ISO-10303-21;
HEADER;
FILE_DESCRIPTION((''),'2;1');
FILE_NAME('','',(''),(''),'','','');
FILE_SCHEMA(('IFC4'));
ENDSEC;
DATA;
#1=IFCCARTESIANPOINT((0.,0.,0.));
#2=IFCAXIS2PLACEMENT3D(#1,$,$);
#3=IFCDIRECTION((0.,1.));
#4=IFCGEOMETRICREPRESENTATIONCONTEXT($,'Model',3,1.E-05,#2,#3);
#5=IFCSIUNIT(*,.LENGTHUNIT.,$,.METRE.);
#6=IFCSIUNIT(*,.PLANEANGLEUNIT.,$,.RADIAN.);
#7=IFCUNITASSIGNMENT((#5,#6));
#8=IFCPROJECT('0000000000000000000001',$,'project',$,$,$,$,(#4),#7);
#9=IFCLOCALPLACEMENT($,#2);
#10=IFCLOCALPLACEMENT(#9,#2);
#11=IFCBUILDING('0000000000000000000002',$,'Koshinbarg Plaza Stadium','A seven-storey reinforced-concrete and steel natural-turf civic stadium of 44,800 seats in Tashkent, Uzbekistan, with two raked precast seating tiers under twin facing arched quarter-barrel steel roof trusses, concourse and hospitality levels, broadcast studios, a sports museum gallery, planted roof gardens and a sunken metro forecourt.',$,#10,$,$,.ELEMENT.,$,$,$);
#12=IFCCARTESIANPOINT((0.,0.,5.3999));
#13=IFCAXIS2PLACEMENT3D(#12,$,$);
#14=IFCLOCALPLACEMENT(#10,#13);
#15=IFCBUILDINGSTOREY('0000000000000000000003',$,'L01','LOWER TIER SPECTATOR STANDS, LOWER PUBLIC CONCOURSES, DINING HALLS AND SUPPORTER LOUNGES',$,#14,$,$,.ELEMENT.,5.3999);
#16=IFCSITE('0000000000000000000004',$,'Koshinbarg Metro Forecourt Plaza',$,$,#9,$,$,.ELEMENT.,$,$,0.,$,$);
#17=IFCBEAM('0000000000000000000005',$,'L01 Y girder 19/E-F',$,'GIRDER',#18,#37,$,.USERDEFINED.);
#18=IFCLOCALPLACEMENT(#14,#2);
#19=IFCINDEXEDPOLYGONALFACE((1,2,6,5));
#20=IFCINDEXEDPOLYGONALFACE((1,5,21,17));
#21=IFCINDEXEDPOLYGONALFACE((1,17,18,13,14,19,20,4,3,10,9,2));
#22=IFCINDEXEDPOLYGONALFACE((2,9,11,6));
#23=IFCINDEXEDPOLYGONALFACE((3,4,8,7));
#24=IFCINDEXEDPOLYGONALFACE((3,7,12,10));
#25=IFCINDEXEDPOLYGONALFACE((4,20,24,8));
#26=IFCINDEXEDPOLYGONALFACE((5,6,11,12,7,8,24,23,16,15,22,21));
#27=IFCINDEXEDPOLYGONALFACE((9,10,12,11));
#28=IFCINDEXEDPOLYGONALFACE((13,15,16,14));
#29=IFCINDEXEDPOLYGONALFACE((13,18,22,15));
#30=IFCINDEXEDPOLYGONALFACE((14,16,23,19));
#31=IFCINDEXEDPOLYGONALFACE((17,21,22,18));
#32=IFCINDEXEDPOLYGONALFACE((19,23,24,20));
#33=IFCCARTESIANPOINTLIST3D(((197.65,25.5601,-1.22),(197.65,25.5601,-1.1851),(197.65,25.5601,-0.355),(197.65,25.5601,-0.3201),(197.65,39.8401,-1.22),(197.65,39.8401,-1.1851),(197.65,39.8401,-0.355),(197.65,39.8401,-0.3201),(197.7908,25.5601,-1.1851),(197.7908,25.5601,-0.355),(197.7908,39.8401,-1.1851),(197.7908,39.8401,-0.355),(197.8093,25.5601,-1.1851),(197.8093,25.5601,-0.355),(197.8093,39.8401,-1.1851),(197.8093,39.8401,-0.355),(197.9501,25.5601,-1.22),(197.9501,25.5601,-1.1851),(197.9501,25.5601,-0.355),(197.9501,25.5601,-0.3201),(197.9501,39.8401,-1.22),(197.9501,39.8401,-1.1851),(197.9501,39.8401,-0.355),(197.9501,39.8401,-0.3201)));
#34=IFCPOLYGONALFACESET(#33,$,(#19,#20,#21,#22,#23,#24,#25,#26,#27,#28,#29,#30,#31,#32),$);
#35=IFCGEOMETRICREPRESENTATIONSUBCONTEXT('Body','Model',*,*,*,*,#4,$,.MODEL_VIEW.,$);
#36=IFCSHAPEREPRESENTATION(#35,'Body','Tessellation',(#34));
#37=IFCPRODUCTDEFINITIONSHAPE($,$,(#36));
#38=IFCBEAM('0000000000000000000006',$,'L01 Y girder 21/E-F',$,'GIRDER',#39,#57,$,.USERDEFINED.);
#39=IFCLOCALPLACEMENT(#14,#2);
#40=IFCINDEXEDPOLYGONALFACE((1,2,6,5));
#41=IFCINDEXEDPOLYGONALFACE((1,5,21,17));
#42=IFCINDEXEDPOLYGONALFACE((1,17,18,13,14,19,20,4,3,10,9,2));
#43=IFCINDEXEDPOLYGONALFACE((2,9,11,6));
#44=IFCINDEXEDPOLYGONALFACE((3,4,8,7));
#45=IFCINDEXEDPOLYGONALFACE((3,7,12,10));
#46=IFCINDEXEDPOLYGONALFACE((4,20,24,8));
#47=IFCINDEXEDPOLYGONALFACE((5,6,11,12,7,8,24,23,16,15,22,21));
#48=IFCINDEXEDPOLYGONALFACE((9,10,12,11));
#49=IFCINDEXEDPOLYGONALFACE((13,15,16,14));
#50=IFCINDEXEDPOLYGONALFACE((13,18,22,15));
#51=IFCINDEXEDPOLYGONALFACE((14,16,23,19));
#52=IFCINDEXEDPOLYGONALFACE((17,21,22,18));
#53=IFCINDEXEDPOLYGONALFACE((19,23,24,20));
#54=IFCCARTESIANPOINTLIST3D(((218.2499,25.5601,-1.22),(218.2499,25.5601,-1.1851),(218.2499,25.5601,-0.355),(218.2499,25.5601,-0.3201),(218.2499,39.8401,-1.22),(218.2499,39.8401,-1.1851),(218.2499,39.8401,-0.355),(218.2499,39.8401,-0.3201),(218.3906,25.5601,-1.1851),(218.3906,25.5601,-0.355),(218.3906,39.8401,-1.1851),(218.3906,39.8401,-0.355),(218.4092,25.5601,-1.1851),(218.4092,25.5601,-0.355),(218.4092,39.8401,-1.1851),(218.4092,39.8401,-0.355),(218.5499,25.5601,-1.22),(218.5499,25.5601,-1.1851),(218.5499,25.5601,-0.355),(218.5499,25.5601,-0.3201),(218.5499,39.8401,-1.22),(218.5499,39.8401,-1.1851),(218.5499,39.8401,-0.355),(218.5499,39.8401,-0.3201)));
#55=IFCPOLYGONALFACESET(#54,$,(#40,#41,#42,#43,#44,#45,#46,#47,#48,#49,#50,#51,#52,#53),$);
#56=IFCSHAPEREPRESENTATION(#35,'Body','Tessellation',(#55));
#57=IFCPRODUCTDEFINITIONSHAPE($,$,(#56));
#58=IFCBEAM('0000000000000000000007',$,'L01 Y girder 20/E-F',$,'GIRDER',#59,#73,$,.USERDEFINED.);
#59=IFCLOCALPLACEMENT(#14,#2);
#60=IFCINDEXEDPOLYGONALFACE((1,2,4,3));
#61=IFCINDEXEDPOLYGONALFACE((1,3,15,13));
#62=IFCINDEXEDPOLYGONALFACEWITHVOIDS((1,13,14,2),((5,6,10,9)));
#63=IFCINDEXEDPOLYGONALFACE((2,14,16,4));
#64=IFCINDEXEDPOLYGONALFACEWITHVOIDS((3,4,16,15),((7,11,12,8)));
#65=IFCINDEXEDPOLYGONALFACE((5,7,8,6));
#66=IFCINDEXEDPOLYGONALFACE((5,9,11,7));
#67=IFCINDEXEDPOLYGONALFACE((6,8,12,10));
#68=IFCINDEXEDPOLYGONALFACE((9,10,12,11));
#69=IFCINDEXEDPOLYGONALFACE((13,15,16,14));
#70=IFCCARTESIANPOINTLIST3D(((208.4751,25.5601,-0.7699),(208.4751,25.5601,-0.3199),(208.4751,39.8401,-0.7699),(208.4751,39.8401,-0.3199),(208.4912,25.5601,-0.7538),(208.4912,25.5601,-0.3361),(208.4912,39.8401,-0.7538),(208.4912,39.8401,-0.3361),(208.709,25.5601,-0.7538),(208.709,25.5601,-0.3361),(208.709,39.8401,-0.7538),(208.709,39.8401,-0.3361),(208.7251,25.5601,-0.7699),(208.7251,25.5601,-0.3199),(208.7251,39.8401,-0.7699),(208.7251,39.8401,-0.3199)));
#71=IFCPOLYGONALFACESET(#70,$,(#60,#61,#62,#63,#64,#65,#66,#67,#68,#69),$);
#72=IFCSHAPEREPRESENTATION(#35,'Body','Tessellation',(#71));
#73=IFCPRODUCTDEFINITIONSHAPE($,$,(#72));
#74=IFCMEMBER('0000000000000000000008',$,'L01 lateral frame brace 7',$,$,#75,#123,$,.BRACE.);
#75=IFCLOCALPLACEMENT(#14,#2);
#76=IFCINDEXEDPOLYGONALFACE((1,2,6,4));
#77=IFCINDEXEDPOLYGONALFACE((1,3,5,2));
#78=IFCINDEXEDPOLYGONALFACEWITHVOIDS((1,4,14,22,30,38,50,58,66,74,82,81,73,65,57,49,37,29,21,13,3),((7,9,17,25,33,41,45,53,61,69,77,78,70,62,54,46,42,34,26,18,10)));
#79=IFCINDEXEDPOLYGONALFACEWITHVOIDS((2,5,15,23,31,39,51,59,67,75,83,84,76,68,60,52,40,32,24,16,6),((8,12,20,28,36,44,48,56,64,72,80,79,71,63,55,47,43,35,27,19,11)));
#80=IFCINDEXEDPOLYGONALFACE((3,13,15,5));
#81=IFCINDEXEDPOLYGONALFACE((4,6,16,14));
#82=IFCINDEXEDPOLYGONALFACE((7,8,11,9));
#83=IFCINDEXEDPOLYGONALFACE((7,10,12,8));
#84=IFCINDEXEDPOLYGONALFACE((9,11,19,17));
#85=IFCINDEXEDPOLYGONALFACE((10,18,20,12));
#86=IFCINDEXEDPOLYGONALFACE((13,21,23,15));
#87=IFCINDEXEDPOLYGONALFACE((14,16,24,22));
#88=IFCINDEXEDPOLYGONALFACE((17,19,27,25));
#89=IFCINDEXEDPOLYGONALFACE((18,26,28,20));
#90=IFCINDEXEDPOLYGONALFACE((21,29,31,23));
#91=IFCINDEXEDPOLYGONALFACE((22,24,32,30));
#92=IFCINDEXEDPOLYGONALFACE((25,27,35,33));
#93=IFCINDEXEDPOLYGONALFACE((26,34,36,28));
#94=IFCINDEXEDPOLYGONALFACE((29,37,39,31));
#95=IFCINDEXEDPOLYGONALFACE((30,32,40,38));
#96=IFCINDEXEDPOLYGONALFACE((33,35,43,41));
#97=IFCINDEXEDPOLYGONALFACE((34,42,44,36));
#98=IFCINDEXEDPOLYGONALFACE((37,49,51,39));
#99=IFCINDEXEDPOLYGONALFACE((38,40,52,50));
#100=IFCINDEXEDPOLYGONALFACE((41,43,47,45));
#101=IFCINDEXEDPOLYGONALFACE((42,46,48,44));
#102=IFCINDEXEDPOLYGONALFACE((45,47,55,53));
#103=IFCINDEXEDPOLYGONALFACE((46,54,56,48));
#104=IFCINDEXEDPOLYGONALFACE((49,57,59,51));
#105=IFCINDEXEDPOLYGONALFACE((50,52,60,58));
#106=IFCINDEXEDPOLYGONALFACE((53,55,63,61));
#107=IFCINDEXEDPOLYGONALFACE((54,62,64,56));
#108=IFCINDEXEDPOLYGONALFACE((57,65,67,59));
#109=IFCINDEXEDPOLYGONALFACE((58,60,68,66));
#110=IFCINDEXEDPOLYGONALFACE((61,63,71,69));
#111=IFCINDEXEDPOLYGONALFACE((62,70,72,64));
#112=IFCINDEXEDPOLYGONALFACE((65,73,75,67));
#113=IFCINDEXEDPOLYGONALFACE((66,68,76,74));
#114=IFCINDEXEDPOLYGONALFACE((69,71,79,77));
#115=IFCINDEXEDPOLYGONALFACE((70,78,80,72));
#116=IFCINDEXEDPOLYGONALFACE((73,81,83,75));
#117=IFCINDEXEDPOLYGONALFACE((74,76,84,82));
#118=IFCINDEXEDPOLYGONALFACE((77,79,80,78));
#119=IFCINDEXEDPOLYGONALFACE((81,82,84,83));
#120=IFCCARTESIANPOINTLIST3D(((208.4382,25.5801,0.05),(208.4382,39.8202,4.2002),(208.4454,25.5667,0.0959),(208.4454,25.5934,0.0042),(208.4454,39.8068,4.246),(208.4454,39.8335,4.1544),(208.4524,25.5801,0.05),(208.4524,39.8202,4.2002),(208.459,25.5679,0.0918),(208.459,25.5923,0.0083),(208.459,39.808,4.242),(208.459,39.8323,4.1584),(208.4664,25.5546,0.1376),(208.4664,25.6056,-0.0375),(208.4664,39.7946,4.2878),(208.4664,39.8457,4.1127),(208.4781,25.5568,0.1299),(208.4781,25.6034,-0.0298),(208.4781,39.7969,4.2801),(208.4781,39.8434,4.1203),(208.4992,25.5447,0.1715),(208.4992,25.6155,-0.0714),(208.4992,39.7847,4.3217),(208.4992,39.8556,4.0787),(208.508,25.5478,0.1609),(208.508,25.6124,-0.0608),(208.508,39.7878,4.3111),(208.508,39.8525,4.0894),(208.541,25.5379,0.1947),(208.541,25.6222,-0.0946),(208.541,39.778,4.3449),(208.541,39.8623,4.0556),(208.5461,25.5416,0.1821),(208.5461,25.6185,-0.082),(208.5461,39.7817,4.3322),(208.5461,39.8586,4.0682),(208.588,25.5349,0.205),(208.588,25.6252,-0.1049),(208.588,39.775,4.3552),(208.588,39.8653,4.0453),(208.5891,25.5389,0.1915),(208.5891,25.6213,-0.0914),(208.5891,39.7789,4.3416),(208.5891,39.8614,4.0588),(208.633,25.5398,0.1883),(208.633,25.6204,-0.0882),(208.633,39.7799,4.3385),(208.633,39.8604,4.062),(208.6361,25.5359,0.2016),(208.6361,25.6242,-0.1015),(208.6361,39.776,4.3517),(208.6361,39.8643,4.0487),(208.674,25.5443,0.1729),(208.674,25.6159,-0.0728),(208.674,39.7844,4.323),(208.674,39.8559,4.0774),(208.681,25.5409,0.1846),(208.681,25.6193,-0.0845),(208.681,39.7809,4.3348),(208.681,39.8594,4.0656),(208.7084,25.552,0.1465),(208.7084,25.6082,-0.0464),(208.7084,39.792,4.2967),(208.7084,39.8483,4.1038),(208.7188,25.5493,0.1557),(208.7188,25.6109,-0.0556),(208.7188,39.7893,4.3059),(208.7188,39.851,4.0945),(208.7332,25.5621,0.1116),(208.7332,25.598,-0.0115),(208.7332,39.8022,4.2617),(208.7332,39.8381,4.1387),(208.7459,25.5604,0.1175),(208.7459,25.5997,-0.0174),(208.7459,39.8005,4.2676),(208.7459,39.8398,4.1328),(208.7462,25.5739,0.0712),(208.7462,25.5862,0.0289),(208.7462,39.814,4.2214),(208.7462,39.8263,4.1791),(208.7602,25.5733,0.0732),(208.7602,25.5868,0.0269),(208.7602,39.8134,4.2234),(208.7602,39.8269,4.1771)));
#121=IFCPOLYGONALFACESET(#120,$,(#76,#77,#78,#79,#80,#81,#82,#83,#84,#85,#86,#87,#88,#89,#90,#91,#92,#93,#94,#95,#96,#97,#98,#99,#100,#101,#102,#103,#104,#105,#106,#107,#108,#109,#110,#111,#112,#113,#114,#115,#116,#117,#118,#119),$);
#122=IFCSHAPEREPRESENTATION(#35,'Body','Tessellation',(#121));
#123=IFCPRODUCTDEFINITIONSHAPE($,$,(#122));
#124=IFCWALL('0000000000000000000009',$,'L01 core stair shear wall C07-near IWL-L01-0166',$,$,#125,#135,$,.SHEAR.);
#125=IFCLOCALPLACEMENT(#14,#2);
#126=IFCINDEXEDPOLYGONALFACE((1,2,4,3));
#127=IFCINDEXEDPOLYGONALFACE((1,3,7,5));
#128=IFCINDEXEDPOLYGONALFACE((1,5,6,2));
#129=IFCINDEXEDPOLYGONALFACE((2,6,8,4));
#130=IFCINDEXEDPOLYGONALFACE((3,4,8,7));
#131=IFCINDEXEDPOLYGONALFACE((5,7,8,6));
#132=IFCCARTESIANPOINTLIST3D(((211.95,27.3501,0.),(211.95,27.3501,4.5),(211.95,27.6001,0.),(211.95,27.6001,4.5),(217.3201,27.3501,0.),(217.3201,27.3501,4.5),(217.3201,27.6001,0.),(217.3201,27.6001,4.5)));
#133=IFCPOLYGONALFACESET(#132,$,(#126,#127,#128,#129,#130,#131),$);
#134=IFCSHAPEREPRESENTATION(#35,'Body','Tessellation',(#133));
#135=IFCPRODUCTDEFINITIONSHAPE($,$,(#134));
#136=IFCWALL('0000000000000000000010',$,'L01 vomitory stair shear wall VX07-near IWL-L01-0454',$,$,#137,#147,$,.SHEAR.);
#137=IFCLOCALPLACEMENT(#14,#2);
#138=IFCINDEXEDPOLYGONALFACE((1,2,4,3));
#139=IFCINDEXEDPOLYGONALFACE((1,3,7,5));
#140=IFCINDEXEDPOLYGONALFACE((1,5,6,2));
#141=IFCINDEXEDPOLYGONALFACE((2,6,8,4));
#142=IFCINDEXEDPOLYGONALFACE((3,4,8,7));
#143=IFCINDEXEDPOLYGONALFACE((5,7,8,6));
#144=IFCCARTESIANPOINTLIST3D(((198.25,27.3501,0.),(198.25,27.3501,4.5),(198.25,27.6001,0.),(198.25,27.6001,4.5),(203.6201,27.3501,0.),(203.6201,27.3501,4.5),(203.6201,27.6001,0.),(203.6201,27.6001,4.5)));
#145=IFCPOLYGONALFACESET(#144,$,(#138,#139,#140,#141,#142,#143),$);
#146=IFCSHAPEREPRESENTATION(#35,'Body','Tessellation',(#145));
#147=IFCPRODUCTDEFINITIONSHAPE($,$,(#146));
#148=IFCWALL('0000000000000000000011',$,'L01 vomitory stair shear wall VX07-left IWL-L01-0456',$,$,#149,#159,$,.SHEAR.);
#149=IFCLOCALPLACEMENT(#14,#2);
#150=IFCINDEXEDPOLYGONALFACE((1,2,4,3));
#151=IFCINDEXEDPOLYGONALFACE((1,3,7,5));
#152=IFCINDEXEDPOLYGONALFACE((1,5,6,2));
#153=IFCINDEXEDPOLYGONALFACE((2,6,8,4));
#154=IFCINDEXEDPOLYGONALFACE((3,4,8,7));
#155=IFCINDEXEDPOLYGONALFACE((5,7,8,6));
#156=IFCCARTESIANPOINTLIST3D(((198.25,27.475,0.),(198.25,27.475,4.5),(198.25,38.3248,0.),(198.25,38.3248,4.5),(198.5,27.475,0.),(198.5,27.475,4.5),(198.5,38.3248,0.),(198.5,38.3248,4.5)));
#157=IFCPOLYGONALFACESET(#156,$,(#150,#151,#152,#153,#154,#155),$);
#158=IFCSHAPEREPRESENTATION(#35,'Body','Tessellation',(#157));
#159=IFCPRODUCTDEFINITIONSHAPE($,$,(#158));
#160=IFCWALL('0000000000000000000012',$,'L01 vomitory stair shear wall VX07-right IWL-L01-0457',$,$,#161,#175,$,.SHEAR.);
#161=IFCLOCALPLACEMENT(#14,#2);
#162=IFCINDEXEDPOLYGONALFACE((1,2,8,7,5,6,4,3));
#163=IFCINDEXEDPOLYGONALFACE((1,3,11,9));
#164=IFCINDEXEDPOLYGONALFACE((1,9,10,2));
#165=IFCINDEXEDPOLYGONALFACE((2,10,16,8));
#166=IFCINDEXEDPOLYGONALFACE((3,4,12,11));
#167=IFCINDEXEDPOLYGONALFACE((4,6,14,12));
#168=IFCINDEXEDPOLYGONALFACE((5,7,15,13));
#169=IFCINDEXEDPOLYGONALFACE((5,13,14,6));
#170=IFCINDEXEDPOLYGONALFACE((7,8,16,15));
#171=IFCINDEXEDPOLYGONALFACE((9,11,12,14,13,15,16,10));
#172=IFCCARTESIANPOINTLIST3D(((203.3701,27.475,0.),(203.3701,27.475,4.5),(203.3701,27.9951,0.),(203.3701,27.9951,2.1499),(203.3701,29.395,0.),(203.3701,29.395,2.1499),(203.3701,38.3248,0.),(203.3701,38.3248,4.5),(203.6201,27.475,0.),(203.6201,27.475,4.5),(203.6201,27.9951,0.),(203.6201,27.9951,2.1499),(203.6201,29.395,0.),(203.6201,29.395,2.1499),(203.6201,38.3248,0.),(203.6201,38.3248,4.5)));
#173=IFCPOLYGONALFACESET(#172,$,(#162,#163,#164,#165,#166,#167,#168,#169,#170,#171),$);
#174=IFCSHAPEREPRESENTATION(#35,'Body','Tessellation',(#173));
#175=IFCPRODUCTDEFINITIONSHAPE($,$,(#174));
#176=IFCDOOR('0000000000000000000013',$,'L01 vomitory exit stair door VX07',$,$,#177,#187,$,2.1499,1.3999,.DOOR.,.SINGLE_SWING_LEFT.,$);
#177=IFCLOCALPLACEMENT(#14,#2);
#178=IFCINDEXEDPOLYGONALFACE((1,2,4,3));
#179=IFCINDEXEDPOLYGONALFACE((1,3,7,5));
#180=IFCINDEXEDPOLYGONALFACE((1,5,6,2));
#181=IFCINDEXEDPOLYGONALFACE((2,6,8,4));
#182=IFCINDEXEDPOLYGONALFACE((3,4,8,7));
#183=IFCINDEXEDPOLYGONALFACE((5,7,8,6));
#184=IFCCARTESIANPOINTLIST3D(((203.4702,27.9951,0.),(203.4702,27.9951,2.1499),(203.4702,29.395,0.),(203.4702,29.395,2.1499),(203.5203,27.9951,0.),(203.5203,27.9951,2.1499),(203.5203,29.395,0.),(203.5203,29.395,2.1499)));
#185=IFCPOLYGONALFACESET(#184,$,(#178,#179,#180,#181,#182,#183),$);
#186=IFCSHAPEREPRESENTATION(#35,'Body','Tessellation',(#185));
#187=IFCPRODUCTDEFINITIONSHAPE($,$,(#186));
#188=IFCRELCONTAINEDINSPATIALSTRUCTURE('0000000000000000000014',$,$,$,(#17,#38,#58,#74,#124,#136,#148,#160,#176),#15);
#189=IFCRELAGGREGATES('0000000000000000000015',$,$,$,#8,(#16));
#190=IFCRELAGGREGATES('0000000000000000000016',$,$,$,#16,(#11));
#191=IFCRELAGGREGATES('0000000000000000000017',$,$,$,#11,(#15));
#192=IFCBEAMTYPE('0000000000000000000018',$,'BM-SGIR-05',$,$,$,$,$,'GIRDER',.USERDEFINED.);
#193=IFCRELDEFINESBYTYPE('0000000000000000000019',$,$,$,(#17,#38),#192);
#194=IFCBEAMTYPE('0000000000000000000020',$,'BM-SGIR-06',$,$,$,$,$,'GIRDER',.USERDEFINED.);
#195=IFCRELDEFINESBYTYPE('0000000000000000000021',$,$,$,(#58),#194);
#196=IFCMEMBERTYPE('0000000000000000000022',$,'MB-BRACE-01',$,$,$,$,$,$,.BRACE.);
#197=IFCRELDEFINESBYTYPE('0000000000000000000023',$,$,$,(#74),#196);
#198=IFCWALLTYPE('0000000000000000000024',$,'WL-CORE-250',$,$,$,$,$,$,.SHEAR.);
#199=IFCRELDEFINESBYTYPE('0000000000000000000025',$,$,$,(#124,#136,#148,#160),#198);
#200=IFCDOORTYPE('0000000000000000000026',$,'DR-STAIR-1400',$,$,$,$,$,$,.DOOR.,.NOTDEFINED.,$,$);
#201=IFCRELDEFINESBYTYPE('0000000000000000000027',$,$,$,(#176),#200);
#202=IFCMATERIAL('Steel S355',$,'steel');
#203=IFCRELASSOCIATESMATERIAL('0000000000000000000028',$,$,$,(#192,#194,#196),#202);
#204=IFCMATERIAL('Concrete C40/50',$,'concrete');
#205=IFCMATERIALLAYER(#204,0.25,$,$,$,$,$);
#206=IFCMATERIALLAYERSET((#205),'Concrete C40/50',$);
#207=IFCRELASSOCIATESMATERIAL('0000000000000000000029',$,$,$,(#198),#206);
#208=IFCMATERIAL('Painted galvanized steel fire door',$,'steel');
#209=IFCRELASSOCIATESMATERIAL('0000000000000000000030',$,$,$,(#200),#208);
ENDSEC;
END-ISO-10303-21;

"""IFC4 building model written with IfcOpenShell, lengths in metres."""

from ifc_helpers import new_model, si_unit, direction, frame, frame_2d, origin, origin_2d, place, context, subcontext, project, spatial, rectangle, hollow_rectangle, hollow_circle, i_section, extrude, material, layer, layer_set, material_profile, profile_set, type_object, element, fill, save


model = new_model("IFC4")

# Units and contexts
model_context = context("Model", 3, precision=1e-05, world=origin(), true_north=direction((0.0, 1.0)))
body_context = subcontext(model_context, "Body", "Model", "MODEL_VIEW")
ifc_project = project(units=[si_unit("LENGTHUNIT", "METRE"), si_unit("PLANEANGLEUNIT", "RADIAN")], contexts=[model_context])

# Site, building, storey
site_placement = place(None, origin())
site = spatial("IfcSite", under=ifc_project, at=site_placement, Name="Koshinbarg Metro Forecourt Plaza", CompositionType="ELEMENT", RefElevation=0.0)
building_placement = place(site_placement, origin())
building = spatial("IfcBuilding", under=site, at=building_placement, Name="Koshinbarg Plaza Stadium", Description="A seven-storey reinforced-concrete and steel natural-turf civic stadium of 44,800 seats in Tashkent, Uzbekistan, with two raked precast seating tiers under twin facing arched quarter-barrel steel roof trusses, concourse and hospitality levels, broadcast studios, a sports museum gallery, planted roof gardens and a sunken metro forecourt.", CompositionType="ELEMENT")
storey_placement = place(building_placement, frame((0.0, 0.0, 5.3999)))
storey = spatial("IfcBuildingStorey", under=building, at=storey_placement, Name="L01", Description="LOWER TIER SPECTATOR STANDS, LOWER PUBLIC CONCOURSES, DINING HALLS AND SUPPORTER LOUNGES", CompositionType="ELEMENT", Elevation=5.3999)

# Shared definitions
ifc_material_1 = material(Name="Concrete C40/50", Category="concrete")

# Beams
ifc_material_2 = material(Name="Steel S355", Category="steel")
ifc_material_profile_1 = material_profile(ifc_material_2, i_section(OverallWidth=0.3, OverallDepth=0.8999, WebThickness=0.0186, FlangeThickness=0.0349, at=origin_2d()), Name="HEB 900")
ifc_profile_set_1 = profile_set([ifc_material_profile_1], Name="Steel S355")
beam_type_1 = type_object("IfcBeamType", Name="BM-SGIR-05", ElementType="GIRDER", PredefinedType="USERDEFINED", material=ifc_profile_set_1)
for number, where, z_axis, x_axis, name in (
    (1, (197.8, 25.5601, -0.77), (0.0, 1.0, 0.0), (-1.0, 0.0, 0.0), "L01 Y girder 19/E-F"),
    (2, (218.3999, 25.5601, -0.77), (0.0, 1.0, 0.0), (-1.0, 0.0, 0.0), "L01 Y girder 21/E-F"),
):
    element("IfcBeam", number, at=place(storey_placement, frame(where, z_axis=z_axis, x_axis=x_axis)), inside=storey, type_object=beam_type_1, Name=name, ObjectType="GIRDER", PredefinedType="USERDEFINED", context=body_context, shape_type="SweptSolid", body=[
        extrude(i_section(OverallWidth=0.3, OverallDepth=0.8999, WebThickness=0.0186, FlangeThickness=0.0349, at=origin_2d()), origin(), (0.0, 0.0, 1.0), 14.28),
    ])
ifc_material_profile_2 = material_profile(ifc_material_2, hollow_rectangle(XDim=0.25, YDim=0.45, WallThickness=0.0161, at=origin_2d()), Name="RHS 450x250x16")
ifc_profile_set_2 = profile_set([ifc_material_profile_2], Name="Steel S355")
beam_type_2 = type_object("IfcBeamType", Name="BM-SGIR-06", ElementType="GIRDER", PredefinedType="USERDEFINED", material=ifc_profile_set_2)
beam_1_placement = place(storey_placement, frame((208.6001, 25.5601, -0.5449), z_axis=(0.0, 1.0, 0.0), x_axis=(-1.0, 0.0, 0.0)))
element("IfcBeam", 3, at=beam_1_placement, inside=storey, type_object=beam_type_2, Name="L01 Y girder 20/E-F", ObjectType="GIRDER", PredefinedType="USERDEFINED", context=body_context, shape_type="SweptSolid", body=[
    extrude(hollow_rectangle(XDim=0.25, YDim=0.45, WallThickness=0.0161, at=origin_2d()), origin(), (0.0, 0.0, 1.0), 14.28),
])

# Member
ifc_material_profile_3 = material_profile(ifc_material_2, hollow_circle(Radius=0.1619, WallThickness=0.0142, at=origin_2d()), Name="CHS 323.9x14.2")
ifc_profile_set_3 = profile_set([ifc_material_profile_3], Name="Steel S355")
member_type = type_object("IfcMemberType", Name="MB-BRACE-01", PredefinedType="BRACE", material=ifc_profile_set_3)
member_placement = place(storey_placement, frame((208.6001, 25.5801, 0.05), z_axis=(0.0, 0.960058, 0.279802), x_axis=(-1.0, 0.0, 0.0)))
element("IfcMember", 4, at=member_placement, inside=storey, type_object=member_type, Name="L01 lateral frame brace 7", PredefinedType="BRACE", context=body_context, shape_type="SweptSolid", body=[
    extrude(hollow_circle(Radius=0.1619, WallThickness=0.0142, at=origin_2d()), origin(), (0.0, 0.0, 1.0), 14.8325),
])

# Walls
ifc_layer_1 = layer(ifc_material_1, 0.25)
ifc_layer_set_1 = layer_set([ifc_layer_1], Name="Concrete C40/50")
wall_type_1 = type_object("IfcWallType", Name="WL-CORE-250", PredefinedType="SHEAR", material=ifc_layer_set_1)
for number, where, z_axis, x_axis, name in (
    (5, (211.95, 27.4751, 0.0), (0.0, 0.0, 1.0), (1.0, 0.0, 0.0), "L01 core stair shear wall C07-near IWL-L01-0166"),
    (6, (198.25, 27.4751, 0.0), (0.0, 0.0, 1.0), (1.0, 0.0, 0.0), "L01 vomitory stair shear wall VX07-near IWL-L01-0454"),
):
    element("IfcWall", number, at=place(storey_placement, frame(where, z_axis=z_axis, x_axis=x_axis)), inside=storey, type_object=wall_type_1, Name=name, PredefinedType="SHEAR", context=body_context, shape_type="SweptSolid", body=[
        extrude(rectangle(XDim=5.3701, YDim=0.25, at=frame_2d((2.6851, 0.0))), origin(), (0.0, 0.0, 1.0), 4.5),
    ])
wall_1_placement = place(storey_placement, frame((198.375, 27.4751, 0.0), z_axis=(0.0, 0.0, 1.0), x_axis=(0.0, 1.0, 0.0)))
element("IfcWall", 7, at=wall_1_placement, inside=storey, type_object=wall_type_1, Name="L01 vomitory stair shear wall VX07-left IWL-L01-0456", PredefinedType="SHEAR", context=body_context, shape_type="SweptSolid", body=[
    extrude(rectangle(XDim=10.8499, YDim=0.25, at=frame_2d((5.4248, 0.0))), origin(), (0.0, 0.0, 1.0), 4.5),
])

# Wall, opening, door
wall_2_placement = place(storey_placement, frame((203.4951, 27.4751, 0.0), z_axis=(0.0, 0.0, 1.0), x_axis=(0.0, 1.0, 0.0)))
wall_2 = element("IfcWall", 8, at=wall_2_placement, inside=storey, type_object=wall_type_1, Name="L01 vomitory stair shear wall VX07-right IWL-L01-0457", PredefinedType="SHEAR", context=body_context, shape_type="SweptSolid", body=[
    extrude(rectangle(XDim=10.8499, YDim=0.25, at=frame_2d((5.4248, 0.0))), origin(), (0.0, 0.0, 1.0), 4.5),
])
opening_1_placement = place(wall_2_placement, frame((0.52, 0.0, 0.0)))
opening_1 = element("IfcOpeningElement", 9, at=opening_1_placement, cuts=wall_2, PredefinedType="OPENING", context=body_context, shape_type="SweptSolid", body=[
    extrude(rectangle(XDim=1.3999, YDim=2.1499, at=frame_2d((0.7, 1.075))), frame((0.0, 0.135, 0.0), z_axis=(0.0, -1.0, 0.0), x_axis=(1.0, 0.0, 0.0)), (0.0, 0.0, 1.0), 0.27),
])
ifc_material_3 = material(Name="Painted galvanized steel fire door", Category="steel")
door_type_1 = type_object("IfcDoorType", Name="DR-STAIR-1400", OperationType="NOTDEFINED", PredefinedType="DOOR", material=ifc_material_3)
door_1_placement = place(opening_1_placement, origin())
door_1 = element("IfcDoor", 10, at=door_1_placement, inside=storey, type_object=door_type_1, Name="L01 vomitory exit stair door VX07", OperationType="SINGLE_SWING_LEFT", OverallHeight=2.1499, OverallWidth=1.3999, PredefinedType="DOOR", context=body_context, shape_type="SweptSolid", body=[
    extrude(rectangle(XDim=1.3999, YDim=2.1499, at=frame_2d((0.7, 1.075))), frame((0.0, 0.0249, 0.0), z_axis=(0.0, -1.0, 0.0), x_axis=(1.0, 0.0, 0.0)), (0.0, 0.0, 1.0), 0.05),
])
fill(opening_1, door_1)

save(model, "model.ifc")
